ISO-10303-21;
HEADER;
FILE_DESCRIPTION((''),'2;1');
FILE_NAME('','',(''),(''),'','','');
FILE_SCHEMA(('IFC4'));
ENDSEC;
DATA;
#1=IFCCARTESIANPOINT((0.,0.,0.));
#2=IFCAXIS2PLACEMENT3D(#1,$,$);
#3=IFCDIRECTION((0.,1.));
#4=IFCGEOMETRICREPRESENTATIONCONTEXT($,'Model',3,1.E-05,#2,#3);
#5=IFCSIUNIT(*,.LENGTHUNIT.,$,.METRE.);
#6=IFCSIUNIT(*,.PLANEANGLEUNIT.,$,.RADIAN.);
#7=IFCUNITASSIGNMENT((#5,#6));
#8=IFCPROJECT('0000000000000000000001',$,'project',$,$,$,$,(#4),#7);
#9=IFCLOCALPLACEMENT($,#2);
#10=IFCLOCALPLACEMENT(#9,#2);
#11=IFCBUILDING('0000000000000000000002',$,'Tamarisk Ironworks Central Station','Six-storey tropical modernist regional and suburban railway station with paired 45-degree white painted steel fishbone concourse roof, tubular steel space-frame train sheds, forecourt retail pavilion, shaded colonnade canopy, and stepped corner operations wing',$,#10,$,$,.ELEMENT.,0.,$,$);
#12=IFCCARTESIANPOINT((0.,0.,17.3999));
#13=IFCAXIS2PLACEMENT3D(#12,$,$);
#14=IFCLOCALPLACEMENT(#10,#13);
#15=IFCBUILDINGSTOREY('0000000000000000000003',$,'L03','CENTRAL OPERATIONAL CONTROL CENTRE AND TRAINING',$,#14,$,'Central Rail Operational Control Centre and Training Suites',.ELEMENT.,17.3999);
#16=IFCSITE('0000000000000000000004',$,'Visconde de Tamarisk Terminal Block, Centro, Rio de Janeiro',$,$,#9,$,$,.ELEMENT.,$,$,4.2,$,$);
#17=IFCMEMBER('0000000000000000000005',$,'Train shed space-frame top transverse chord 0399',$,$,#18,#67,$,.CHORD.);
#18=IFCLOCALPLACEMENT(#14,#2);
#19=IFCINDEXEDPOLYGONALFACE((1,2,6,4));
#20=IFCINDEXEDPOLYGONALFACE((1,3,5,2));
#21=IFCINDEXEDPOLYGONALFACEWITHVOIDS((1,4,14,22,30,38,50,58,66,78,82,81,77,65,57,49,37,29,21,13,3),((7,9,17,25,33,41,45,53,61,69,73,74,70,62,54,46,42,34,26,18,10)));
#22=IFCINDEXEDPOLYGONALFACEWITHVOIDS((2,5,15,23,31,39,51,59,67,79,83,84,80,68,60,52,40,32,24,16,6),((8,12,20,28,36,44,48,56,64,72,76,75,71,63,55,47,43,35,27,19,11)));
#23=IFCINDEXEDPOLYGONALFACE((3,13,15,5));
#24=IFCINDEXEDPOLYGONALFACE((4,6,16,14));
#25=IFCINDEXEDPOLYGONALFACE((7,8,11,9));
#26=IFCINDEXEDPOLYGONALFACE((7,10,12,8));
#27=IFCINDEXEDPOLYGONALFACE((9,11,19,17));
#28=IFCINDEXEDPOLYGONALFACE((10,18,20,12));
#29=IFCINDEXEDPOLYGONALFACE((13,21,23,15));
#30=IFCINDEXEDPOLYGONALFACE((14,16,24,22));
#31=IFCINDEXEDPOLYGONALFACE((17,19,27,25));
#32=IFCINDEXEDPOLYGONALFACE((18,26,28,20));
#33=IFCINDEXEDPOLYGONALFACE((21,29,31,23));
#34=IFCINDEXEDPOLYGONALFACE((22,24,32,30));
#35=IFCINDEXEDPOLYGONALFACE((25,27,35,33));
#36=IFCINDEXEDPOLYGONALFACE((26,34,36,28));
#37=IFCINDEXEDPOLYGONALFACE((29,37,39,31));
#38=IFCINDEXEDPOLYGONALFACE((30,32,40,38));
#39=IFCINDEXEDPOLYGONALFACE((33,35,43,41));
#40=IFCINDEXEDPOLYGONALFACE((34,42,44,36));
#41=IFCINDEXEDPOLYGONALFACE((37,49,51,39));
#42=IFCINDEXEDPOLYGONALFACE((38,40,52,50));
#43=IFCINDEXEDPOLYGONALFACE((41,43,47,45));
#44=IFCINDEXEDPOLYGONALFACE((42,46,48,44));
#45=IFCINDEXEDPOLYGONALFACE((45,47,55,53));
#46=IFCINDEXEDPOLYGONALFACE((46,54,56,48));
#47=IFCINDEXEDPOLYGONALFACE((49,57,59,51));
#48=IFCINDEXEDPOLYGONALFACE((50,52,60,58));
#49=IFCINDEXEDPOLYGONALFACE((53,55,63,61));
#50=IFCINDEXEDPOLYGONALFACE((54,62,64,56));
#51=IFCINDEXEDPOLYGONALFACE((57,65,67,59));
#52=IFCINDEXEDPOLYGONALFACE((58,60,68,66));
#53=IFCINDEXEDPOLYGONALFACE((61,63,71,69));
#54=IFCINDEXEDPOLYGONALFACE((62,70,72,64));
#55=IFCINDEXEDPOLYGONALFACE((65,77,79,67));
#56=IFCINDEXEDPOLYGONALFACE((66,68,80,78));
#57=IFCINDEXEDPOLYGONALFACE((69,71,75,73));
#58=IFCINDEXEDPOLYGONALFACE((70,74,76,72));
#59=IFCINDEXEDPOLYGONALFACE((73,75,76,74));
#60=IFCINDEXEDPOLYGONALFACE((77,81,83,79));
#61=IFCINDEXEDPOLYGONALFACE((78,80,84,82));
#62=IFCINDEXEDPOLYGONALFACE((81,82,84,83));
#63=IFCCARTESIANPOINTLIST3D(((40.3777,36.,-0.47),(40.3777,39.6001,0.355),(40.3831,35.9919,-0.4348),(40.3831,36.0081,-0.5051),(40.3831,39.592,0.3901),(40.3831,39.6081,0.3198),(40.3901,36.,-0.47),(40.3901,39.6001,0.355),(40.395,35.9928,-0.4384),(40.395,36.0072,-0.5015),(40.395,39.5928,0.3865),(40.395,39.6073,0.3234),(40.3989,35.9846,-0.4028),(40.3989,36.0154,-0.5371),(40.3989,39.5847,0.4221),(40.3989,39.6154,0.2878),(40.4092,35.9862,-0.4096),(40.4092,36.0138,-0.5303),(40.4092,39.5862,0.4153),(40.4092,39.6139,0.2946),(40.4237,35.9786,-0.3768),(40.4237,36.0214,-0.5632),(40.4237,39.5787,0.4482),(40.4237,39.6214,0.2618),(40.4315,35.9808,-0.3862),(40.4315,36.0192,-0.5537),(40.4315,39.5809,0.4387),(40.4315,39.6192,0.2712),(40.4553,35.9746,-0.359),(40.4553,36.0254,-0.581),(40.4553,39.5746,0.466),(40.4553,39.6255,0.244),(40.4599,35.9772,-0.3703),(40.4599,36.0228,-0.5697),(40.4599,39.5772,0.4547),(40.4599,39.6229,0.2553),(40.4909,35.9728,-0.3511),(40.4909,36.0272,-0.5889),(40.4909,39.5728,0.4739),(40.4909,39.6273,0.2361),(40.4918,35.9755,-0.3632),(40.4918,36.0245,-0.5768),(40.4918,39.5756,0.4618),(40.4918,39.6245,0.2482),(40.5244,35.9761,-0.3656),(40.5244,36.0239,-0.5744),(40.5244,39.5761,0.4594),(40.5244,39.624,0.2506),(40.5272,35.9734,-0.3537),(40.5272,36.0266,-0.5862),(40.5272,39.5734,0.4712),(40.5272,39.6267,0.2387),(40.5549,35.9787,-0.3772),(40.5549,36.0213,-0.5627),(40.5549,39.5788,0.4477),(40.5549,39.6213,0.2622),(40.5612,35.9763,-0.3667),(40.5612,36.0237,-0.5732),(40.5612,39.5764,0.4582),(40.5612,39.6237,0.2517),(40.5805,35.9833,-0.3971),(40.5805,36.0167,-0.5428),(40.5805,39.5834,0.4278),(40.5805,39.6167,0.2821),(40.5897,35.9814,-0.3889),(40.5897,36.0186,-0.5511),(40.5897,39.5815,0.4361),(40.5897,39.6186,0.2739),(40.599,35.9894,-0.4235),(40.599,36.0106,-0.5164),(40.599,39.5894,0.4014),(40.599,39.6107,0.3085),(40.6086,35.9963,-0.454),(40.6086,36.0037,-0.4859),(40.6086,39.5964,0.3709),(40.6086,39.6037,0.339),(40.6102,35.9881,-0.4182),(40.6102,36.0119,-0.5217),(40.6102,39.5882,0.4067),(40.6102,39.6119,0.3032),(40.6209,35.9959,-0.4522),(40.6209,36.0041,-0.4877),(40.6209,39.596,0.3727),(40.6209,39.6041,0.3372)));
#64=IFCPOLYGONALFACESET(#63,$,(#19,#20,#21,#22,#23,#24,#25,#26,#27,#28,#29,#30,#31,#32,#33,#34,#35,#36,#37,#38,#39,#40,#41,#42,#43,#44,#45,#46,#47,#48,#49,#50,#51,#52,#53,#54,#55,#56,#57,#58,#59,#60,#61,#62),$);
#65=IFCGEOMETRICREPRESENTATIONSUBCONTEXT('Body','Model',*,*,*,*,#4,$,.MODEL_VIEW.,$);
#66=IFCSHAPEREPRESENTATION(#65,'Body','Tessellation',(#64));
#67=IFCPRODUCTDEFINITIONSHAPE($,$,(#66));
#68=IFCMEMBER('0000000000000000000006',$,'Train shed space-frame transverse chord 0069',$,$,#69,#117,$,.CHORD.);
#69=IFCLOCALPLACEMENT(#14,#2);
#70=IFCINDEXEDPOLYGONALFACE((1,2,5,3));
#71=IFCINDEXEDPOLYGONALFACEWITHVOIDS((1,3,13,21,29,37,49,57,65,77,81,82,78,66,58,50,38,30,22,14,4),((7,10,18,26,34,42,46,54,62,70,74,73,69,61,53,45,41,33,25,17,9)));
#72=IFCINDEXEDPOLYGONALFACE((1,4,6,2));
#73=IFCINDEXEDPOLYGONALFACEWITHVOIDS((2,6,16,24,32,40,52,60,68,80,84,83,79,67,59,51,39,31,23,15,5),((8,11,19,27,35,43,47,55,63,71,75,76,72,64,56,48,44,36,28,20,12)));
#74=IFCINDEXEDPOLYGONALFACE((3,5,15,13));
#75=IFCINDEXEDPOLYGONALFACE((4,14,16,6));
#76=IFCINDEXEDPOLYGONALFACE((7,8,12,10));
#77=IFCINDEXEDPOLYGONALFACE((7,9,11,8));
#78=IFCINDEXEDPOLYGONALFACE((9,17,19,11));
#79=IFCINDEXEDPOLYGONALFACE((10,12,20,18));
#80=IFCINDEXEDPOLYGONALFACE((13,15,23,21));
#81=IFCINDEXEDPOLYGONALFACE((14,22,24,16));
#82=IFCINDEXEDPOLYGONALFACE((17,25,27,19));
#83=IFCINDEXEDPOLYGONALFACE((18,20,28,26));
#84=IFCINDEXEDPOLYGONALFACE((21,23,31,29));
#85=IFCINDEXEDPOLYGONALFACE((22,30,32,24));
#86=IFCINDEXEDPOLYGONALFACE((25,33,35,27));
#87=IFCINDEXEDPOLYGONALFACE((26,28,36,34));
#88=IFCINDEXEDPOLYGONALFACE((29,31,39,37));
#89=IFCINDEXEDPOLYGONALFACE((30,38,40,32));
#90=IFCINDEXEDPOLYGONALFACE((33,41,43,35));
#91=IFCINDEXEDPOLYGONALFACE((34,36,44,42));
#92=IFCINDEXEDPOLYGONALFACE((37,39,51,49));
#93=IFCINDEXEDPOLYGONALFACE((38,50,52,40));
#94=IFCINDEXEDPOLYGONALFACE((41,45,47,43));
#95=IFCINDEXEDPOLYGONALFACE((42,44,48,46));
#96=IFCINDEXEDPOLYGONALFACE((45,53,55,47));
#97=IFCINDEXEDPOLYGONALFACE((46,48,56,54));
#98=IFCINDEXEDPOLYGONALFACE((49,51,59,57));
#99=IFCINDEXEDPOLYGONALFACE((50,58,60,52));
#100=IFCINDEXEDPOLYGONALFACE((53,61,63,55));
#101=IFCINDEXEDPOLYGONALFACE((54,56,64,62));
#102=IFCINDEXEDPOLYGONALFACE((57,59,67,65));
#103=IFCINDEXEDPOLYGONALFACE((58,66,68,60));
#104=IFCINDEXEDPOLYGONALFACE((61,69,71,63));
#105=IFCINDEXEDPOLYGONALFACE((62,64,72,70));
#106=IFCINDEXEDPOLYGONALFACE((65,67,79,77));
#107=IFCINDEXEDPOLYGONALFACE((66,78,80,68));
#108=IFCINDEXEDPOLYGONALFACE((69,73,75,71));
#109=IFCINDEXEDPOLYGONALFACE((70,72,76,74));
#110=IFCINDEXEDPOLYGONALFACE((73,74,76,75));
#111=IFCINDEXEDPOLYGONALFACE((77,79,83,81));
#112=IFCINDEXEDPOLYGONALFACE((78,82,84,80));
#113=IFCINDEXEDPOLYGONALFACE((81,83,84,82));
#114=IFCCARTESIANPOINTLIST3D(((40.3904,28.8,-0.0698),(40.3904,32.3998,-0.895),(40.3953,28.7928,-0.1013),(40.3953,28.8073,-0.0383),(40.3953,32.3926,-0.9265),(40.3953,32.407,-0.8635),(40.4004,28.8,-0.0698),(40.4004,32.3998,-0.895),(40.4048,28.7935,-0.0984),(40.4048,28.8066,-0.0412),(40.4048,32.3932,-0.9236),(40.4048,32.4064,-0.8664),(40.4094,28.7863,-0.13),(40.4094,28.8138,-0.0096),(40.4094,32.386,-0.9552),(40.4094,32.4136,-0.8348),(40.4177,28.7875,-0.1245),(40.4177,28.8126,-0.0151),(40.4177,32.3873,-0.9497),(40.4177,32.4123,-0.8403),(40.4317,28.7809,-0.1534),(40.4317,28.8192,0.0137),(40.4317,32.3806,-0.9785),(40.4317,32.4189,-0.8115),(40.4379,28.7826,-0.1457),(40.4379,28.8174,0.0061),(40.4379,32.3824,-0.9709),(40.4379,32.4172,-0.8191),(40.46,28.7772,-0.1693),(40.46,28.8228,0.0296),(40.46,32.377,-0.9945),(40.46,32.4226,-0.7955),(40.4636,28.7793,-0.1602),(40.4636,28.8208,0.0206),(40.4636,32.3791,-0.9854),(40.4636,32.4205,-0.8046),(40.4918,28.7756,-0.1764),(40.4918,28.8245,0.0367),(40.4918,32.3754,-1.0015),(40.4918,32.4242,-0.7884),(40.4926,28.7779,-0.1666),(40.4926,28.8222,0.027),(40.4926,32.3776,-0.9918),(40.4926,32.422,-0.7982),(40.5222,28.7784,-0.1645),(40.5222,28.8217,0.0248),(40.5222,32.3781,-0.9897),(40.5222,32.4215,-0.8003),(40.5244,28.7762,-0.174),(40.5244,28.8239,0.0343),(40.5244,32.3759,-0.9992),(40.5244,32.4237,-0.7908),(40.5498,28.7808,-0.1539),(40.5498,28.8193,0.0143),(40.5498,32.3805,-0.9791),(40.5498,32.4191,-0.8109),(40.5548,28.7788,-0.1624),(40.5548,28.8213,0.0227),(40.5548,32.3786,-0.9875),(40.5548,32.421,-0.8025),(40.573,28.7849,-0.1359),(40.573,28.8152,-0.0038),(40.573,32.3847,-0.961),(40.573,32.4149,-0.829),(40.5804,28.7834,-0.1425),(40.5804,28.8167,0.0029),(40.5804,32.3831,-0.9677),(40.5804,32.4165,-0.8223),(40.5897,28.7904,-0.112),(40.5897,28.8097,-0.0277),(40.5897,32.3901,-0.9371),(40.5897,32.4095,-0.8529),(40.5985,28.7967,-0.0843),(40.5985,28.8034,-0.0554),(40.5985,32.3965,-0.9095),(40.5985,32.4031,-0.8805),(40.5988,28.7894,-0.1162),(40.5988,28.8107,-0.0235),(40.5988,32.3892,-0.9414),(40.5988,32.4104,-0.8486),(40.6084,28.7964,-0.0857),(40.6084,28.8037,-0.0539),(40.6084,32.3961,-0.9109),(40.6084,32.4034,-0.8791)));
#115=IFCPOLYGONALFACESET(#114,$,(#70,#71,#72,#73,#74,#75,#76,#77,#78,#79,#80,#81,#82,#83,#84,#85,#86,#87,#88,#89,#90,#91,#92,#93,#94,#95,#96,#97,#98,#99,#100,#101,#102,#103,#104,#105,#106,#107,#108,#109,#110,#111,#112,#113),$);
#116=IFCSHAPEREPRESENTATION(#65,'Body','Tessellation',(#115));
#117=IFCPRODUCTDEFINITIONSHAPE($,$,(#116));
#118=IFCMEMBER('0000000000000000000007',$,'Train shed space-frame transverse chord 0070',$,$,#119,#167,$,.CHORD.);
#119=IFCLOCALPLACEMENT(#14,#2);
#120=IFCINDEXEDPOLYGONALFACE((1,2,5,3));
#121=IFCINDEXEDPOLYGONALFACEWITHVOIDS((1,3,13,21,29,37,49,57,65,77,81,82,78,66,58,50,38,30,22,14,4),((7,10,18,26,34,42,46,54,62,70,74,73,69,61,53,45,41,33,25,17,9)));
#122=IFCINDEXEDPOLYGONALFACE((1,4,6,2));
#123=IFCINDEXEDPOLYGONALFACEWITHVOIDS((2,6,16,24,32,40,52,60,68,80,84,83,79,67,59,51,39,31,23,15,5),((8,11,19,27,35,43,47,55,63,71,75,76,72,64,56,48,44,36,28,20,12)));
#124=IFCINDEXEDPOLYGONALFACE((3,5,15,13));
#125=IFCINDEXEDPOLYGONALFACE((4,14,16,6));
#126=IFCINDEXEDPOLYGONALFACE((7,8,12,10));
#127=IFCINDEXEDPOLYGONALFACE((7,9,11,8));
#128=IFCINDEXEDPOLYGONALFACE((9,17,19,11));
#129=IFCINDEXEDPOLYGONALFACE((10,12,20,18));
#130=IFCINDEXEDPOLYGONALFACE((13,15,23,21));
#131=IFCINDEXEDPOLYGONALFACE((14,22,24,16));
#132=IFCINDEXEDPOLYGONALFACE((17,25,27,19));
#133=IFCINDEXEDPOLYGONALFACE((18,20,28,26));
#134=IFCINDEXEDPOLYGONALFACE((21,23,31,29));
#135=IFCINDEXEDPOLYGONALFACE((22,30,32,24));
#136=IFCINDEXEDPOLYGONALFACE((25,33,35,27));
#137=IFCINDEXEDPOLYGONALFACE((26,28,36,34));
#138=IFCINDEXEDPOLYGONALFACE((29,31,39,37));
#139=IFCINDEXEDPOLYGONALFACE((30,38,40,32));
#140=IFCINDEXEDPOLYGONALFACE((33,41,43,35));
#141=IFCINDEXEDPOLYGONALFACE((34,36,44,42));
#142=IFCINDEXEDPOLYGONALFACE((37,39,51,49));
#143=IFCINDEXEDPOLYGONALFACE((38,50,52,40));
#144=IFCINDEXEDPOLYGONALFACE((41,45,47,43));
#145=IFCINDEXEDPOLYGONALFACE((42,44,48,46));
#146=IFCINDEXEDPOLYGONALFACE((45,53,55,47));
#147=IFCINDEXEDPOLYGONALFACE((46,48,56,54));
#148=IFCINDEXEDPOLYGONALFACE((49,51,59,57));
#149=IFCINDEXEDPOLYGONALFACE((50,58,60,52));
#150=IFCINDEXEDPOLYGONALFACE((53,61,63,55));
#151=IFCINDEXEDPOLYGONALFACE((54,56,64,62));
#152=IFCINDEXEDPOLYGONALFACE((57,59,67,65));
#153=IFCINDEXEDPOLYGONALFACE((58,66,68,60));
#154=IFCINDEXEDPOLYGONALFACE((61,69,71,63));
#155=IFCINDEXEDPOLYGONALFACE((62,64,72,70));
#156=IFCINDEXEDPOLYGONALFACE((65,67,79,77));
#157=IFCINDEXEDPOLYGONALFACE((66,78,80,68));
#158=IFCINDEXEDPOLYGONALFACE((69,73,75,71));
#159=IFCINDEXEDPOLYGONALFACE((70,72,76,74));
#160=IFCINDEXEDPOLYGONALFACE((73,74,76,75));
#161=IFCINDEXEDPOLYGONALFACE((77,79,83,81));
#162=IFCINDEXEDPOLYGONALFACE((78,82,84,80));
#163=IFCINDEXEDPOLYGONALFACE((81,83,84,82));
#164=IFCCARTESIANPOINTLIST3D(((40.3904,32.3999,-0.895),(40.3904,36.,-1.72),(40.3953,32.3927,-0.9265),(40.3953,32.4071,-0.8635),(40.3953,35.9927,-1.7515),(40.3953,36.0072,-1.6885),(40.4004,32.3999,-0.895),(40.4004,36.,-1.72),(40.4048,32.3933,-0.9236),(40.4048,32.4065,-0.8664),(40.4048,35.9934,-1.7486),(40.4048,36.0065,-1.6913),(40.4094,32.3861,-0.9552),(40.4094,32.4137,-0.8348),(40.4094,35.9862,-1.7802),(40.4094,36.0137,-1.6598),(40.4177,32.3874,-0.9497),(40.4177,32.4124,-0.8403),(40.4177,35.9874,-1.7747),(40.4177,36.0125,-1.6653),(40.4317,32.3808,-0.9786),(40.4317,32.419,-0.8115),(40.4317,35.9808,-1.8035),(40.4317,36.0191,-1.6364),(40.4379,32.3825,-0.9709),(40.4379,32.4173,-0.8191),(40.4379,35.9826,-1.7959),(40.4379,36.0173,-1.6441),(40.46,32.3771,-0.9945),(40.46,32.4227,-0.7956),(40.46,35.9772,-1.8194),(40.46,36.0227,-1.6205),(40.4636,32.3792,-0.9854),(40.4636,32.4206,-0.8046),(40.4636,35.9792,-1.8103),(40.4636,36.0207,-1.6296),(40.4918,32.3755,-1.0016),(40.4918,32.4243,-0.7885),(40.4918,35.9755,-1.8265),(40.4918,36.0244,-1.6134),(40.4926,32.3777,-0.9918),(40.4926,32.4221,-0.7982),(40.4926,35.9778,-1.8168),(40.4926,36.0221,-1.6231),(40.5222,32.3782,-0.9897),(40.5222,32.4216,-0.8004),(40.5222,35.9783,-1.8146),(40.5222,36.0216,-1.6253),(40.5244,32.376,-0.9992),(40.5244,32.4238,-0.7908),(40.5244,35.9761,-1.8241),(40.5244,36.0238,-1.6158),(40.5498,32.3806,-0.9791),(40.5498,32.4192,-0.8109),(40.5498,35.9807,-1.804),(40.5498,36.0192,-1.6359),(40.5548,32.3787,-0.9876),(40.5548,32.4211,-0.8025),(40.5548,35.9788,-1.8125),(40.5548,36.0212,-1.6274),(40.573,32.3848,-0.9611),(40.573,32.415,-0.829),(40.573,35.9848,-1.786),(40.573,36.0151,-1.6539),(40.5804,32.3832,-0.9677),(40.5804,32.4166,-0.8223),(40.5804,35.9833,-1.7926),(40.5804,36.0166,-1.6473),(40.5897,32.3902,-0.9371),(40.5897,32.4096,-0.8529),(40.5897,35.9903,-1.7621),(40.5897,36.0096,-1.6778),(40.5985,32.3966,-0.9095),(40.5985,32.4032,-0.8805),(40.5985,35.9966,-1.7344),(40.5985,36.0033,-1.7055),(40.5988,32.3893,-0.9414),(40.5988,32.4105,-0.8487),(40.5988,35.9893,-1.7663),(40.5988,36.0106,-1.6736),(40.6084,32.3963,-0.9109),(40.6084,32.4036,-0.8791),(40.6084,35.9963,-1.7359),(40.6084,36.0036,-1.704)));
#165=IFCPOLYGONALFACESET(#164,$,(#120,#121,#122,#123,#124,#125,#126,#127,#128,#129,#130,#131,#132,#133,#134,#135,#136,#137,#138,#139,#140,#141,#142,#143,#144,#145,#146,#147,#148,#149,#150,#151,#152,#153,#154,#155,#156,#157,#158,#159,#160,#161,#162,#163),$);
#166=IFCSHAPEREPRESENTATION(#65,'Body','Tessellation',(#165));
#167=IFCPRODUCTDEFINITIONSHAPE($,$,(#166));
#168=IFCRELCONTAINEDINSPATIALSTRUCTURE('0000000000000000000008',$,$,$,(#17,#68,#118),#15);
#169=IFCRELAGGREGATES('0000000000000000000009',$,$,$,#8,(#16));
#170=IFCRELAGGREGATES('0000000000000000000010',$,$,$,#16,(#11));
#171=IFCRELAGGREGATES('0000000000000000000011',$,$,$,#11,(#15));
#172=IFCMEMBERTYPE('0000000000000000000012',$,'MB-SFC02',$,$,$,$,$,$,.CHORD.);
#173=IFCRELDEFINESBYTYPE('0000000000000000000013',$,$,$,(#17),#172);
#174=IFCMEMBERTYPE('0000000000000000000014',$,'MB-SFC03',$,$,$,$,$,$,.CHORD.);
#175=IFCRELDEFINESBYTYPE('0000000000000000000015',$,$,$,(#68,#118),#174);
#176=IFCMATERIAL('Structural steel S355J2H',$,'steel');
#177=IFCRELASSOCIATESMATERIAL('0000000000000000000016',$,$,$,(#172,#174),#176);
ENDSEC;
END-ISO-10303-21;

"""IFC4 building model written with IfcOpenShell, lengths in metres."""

from ifc_helpers import new_model, si_unit, direction, frame, origin, origin_2d, place, context, subcontext, project, spatial, hollow_circle, extrude, material, material_profile, profile_set, type_object, element, save


model = new_model("IFC4")

# Units and contexts
model_context = context("Model", 3, precision=1e-05, world=origin(), true_north=direction((0.0, 1.0)))
body_context = subcontext(model_context, "Body", "Model", "MODEL_VIEW")
ifc_project = project(units=[si_unit("LENGTHUNIT", "METRE"), si_unit("PLANEANGLEUNIT", "RADIAN")], contexts=[model_context])

# Site, building, storey
site_placement = place(None, origin())
site = spatial("IfcSite", under=ifc_project, at=site_placement, Name="Visconde de Tamarisk Terminal Block, Centro, Rio de Janeiro", CompositionType="ELEMENT", RefElevation=4.2)
building_placement = place(site_placement, origin())
building = spatial("IfcBuilding", under=site, at=building_placement, Name="Tamarisk Ironworks Central Station", Description="Six-storey tropical modernist regional and suburban railway station with paired 45-degree white painted steel fishbone concourse roof, tubular steel space-frame train sheds, forecourt retail pavilion, shaded colonnade canopy, and stepped corner operations wing", CompositionType="ELEMENT", ElevationOfRefHeight=0.0)
storey_placement = place(building_placement, frame((0.0, 0.0, 17.3999)))
storey = spatial("IfcBuildingStorey", under=building, at=storey_placement, Name="L03", Description="CENTRAL OPERATIONAL CONTROL CENTRE AND TRAINING", LongName="Central Rail Operational Control Centre and Training Suites", CompositionType="ELEMENT", Elevation=17.3999)

# Members
ifc_material_1 = material(Name="Structural steel S355J2H", Category="steel")
ifc_material_profile_1 = material_profile(ifc_material_1, hollow_circle(Radius=0.1223, WallThickness=0.0125, at=origin_2d()), Name="CHS 244.5x12.5")
ifc_profile_set_1 = profile_set([ifc_material_profile_1], Name="Structural steel S355J2H")
member_type_1 = type_object("IfcMemberType", Name="MB-SFC02", PredefinedType="CHORD", material=ifc_profile_set_1)
for number, where, z_axis, x_axis, name in (
    (1, (40.5, 36.0, -0.47), (0.0, 0.974737, 0.223358), (-1.0, 0.0, 0.0), "Train shed space-frame top transverse chord 0399"),
):
    element("IfcMember", number, at=place(storey_placement, frame(where, z_axis=z_axis, x_axis=x_axis)), inside=storey, type_object=member_type_1, Name=name, PredefinedType="CHORD", context=body_context, shape_type="SweptSolid", body=[
        extrude(hollow_circle(Radius=0.1223, WallThickness=0.0125, at=origin_2d()), origin(), (0.0, 0.0, 1.0), 3.6934),
    ])
ifc_material_profile_2 = material_profile(ifc_material_1, hollow_circle(Radius=0.1096, WallThickness=0.01, at=origin_2d()), Name="CHS 219.1x10")
ifc_profile_set_2 = profile_set([ifc_material_profile_2], Name="Structural steel S355J2H")
member_type_2 = type_object("IfcMemberType", Name="MB-SFC03", PredefinedType="CHORD", material=ifc_profile_set_2)
member_1_placement = place(storey_placement, frame((40.5, 28.8, -0.0698), z_axis=(0.0, 0.974719, -0.223435), x_axis=(-1.0, 0.0, 0.0)))
element("IfcMember", 2, at=member_1_placement, inside=storey, type_object=member_type_2, Name="Train shed space-frame transverse chord 0069", PredefinedType="CHORD", context=body_context, shape_type="SweptSolid", body=[
    extrude(hollow_circle(Radius=0.1096, WallThickness=0.01, at=origin_2d()), origin(), (0.0, 0.0, 1.0), 3.6931),
])
for number, where, z_axis, x_axis, name in (
    (3, (40.5, 32.3999, -0.895), (0.0, 0.974737, -0.223358), (-1.0, 0.0, 0.0), "Train shed space-frame transverse chord 0070"),
):
    element("IfcMember", number, at=place(storey_placement, frame(where, z_axis=z_axis, x_axis=x_axis)), inside=storey, type_object=member_type_2, Name=name, PredefinedType="CHORD", context=body_context, shape_type="SweptSolid", body=[
        extrude(hollow_circle(Radius=0.1096, WallThickness=0.01, at=origin_2d()), origin(), (0.0, 0.0, 1.0), 3.6934),
    ])

save(model, "model.ifc")
